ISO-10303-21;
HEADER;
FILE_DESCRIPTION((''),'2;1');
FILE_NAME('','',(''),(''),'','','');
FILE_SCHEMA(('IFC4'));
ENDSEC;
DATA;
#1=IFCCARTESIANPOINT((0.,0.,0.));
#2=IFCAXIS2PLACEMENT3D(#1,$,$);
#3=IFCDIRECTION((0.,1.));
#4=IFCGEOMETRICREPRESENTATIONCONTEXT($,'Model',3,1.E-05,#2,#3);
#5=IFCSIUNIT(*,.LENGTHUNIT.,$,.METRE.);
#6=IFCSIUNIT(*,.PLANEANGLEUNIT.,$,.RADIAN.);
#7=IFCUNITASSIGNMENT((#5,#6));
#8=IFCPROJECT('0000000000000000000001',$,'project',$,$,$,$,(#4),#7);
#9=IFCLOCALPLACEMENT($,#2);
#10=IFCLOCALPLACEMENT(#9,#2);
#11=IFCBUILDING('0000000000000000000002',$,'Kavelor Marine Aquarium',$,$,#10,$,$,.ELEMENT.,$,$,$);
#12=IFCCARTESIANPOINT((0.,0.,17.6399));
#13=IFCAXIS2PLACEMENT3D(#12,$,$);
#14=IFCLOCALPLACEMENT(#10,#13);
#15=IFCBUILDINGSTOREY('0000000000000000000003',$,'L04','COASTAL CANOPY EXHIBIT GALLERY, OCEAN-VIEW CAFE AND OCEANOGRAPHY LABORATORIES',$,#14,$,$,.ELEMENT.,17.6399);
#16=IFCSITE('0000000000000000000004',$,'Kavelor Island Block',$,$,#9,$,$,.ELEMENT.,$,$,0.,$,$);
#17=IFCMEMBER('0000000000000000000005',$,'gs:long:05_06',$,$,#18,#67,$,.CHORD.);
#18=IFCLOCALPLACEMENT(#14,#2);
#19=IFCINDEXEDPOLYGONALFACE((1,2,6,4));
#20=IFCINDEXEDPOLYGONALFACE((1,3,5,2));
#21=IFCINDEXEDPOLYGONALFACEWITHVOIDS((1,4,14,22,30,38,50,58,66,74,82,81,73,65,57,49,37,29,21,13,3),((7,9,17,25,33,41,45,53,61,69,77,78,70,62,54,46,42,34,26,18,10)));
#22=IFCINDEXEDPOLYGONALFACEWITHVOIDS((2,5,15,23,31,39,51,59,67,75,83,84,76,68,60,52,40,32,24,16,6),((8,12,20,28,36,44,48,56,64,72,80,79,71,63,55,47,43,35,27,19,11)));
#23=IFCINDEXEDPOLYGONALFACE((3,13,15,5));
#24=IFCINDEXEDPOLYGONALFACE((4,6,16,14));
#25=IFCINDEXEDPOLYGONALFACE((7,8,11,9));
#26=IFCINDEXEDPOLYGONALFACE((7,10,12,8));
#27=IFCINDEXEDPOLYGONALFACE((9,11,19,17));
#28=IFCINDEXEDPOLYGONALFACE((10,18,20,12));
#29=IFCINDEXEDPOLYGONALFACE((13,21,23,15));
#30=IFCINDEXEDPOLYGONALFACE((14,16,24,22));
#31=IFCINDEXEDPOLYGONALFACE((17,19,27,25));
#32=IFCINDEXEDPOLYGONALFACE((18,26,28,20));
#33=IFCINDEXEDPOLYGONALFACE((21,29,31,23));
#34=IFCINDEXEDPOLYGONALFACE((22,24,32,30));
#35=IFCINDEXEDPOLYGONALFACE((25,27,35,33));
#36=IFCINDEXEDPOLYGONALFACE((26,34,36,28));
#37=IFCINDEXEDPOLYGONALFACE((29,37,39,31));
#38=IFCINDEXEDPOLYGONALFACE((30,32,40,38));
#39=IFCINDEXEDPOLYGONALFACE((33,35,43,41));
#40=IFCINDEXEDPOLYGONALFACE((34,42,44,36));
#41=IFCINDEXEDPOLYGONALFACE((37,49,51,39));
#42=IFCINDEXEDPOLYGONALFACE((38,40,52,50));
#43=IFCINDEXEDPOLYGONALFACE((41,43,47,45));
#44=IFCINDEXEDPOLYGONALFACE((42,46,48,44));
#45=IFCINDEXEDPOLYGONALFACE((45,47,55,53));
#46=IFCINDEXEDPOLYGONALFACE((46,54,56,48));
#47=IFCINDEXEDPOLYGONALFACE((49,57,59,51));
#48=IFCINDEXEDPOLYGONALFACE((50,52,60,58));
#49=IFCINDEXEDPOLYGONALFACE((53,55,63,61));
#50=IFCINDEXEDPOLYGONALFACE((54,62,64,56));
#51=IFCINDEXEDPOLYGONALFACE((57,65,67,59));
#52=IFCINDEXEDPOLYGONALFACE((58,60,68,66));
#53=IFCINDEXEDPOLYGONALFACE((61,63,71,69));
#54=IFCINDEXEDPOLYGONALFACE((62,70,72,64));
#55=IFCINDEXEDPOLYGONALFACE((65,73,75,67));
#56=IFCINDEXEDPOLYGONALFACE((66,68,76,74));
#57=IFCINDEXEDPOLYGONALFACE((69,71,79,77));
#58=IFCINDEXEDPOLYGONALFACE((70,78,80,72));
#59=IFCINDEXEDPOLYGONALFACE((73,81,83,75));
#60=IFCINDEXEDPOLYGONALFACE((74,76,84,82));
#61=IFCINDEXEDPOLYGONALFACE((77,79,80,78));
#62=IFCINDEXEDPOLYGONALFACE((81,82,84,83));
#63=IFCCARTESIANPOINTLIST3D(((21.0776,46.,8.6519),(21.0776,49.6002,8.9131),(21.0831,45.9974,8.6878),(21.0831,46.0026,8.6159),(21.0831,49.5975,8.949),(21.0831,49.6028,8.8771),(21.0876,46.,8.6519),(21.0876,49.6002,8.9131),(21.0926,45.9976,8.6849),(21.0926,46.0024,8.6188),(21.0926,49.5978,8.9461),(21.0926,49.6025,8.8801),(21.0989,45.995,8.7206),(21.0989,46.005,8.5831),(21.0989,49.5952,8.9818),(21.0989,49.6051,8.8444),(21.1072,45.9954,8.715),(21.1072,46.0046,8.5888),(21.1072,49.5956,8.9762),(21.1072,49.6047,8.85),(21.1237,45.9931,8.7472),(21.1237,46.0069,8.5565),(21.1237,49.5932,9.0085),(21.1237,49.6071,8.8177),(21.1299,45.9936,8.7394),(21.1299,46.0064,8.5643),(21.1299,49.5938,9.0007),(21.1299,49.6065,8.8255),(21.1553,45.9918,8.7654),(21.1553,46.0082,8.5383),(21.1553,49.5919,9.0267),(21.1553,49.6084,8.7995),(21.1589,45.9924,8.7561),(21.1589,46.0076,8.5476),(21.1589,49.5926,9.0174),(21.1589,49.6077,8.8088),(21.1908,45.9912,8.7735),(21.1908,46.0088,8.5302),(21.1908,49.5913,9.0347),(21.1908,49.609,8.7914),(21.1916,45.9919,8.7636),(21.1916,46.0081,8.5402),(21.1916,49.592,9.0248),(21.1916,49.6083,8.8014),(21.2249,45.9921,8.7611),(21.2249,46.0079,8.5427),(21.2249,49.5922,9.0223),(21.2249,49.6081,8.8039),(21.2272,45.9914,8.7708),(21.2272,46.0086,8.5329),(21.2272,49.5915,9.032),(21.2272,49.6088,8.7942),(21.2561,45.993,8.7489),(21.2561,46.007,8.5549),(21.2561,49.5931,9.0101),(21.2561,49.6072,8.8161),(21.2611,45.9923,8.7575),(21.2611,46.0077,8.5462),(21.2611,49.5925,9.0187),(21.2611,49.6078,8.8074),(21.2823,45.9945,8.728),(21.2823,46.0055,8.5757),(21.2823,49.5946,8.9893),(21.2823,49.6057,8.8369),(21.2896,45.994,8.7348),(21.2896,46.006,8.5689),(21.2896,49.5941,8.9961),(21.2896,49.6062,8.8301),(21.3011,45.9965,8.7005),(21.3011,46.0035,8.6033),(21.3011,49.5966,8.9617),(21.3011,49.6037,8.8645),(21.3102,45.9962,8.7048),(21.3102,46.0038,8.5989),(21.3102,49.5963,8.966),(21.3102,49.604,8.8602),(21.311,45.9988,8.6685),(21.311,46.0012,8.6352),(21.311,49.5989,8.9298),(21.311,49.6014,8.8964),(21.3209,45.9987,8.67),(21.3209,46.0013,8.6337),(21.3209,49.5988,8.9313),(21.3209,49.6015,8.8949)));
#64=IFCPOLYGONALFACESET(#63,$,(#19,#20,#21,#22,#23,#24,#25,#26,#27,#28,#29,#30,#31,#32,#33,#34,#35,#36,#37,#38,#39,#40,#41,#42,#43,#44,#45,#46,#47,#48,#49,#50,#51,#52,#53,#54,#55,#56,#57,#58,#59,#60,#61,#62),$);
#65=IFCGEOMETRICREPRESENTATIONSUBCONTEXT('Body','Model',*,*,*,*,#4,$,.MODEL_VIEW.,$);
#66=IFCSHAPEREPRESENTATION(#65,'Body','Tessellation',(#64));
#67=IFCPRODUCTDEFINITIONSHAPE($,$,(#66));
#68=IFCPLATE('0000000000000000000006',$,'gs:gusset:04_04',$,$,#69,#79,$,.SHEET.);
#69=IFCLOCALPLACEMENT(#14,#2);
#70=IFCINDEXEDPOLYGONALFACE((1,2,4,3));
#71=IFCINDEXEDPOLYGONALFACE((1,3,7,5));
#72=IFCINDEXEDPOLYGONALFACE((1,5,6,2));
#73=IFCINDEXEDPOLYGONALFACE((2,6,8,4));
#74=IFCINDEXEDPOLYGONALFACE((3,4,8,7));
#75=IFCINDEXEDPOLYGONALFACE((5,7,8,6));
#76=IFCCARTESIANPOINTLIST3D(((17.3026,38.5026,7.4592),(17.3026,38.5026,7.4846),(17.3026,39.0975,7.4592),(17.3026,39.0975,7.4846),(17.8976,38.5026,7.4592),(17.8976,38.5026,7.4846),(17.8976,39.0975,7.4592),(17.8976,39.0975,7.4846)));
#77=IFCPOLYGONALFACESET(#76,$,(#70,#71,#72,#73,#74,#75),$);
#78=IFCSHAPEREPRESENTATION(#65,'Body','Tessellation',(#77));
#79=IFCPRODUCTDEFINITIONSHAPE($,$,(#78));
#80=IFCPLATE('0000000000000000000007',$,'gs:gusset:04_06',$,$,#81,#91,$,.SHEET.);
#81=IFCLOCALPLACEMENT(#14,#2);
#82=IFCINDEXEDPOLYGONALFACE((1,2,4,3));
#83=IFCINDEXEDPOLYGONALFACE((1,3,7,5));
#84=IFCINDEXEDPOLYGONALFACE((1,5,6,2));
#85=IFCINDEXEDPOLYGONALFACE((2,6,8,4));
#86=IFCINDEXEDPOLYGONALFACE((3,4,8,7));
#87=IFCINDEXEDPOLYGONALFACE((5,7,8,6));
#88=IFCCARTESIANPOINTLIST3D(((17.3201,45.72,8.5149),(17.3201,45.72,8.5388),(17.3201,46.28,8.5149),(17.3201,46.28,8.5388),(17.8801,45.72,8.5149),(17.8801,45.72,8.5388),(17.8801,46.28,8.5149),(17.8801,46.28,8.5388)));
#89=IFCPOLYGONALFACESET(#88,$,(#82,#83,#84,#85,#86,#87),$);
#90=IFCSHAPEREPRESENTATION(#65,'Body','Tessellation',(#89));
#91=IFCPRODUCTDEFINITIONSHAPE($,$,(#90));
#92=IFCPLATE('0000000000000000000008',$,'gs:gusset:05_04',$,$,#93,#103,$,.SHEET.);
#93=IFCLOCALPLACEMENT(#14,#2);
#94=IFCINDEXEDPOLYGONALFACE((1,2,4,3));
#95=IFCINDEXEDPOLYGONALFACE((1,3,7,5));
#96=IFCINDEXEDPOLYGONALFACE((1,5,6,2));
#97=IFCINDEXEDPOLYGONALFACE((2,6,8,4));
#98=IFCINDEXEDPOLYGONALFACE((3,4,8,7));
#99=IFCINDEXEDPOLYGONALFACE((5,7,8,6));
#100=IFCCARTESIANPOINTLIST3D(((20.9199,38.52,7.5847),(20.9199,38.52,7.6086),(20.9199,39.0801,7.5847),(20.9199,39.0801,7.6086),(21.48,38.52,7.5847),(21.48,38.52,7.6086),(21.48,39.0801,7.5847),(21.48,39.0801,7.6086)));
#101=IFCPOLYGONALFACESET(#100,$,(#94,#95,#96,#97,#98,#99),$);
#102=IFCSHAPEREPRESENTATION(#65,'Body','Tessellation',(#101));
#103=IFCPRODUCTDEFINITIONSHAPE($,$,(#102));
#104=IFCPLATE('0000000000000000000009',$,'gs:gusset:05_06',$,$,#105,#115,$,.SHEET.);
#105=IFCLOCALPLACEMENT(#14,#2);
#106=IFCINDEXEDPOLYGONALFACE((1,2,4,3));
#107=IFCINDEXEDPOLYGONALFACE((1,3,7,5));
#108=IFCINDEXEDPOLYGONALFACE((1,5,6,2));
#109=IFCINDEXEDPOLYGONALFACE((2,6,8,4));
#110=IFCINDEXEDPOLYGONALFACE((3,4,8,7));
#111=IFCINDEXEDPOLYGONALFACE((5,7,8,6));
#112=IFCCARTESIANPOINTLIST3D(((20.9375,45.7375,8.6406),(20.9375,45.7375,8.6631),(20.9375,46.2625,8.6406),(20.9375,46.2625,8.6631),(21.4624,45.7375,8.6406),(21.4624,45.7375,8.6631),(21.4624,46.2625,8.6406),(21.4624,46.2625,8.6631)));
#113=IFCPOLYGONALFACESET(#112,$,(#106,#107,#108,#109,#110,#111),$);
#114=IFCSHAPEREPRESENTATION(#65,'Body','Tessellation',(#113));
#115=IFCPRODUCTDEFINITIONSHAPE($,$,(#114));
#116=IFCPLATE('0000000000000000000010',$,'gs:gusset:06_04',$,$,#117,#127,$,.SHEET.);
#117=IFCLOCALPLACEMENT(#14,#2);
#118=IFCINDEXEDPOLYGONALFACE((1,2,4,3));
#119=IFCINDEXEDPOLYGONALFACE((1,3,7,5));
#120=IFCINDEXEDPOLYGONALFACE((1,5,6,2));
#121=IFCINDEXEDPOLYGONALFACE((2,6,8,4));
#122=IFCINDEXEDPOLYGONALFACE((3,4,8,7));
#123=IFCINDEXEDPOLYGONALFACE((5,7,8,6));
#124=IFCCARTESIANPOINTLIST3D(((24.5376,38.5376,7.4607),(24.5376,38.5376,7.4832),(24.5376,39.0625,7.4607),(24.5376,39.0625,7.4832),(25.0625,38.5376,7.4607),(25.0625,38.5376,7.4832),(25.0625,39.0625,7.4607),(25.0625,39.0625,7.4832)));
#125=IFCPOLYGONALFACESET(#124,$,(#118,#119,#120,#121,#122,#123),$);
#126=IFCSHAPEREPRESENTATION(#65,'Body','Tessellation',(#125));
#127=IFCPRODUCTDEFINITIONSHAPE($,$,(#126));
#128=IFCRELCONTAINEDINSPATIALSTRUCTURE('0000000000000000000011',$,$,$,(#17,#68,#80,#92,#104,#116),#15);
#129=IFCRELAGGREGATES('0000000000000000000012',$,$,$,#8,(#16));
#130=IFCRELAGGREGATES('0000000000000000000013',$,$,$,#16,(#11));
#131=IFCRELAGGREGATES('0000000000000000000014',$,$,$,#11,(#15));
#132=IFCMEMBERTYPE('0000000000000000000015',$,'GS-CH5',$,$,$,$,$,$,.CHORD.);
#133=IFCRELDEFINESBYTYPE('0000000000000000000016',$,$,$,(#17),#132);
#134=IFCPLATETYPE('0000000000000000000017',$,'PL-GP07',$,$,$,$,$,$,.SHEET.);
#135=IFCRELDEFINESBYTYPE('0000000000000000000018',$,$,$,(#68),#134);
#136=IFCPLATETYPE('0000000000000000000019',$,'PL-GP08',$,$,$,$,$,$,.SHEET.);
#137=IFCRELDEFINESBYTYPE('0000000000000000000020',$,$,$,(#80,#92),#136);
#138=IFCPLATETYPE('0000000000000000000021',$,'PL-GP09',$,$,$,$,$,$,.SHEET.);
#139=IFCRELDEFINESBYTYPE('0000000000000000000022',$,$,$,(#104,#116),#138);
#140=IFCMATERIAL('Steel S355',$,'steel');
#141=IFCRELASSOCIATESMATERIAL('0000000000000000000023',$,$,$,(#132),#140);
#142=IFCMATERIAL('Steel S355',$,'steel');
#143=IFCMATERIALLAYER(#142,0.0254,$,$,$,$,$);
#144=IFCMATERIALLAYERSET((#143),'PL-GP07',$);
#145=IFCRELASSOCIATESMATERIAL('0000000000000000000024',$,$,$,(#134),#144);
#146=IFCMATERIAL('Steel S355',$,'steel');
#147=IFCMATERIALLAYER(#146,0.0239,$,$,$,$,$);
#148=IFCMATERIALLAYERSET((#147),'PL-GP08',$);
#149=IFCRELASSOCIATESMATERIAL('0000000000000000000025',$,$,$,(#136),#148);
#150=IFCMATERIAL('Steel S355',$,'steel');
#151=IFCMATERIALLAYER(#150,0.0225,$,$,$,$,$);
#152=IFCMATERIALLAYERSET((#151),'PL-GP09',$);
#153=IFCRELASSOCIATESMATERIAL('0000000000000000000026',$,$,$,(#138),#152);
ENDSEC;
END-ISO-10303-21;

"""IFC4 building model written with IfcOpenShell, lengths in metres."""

from ifc_helpers import new_model, si_unit, direction, frame, origin, origin_2d, place, context, subcontext, project, spatial, rectangle, hollow_circle, extrude, material, layer, layer_set, material_profile, profile_set, type_object, element, save


model = new_model("IFC4")

# Units and contexts
model_context = context("Model", 3, precision=1e-05, world=origin(), true_north=direction((0.0, 1.0)))
body_context = subcontext(model_context, "Body", "Model", "MODEL_VIEW")
ifc_project = project(units=[si_unit("LENGTHUNIT", "METRE"), si_unit("PLANEANGLEUNIT", "RADIAN")], contexts=[model_context])

# Site, building, storey
site_placement = place(None, origin())
site = spatial("IfcSite", under=ifc_project, at=site_placement, Name="Kavelor Island Block", CompositionType="ELEMENT", RefElevation=0.0)
building_placement = place(site_placement, origin())
building = spatial("IfcBuilding", under=site, at=building_placement, Name="Kavelor Marine Aquarium", CompositionType="ELEMENT")
storey_placement = place(building_placement, frame((0.0, 0.0, 17.6399)))
storey = spatial("IfcBuildingStorey", under=building, at=storey_placement, Name="L04", Description="COASTAL CANOPY EXHIBIT GALLERY, OCEAN-VIEW CAFE AND OCEANOGRAPHY LABORATORIES", CompositionType="ELEMENT", Elevation=17.6399)

# Member
ifc_material_1 = material(Name="Steel S355", Category="steel")
ifc_material_profile_1 = material_profile(ifc_material_1, hollow_circle(Radius=0.1223, WallThickness=0.01, at=origin_2d()), Name="CHS 244.5x10.0")
ifc_profile_set_1 = profile_set([ifc_material_profile_1], Name="Steel S355")
member_type_1 = type_object("IfcMemberType", Name="GS-CH5", PredefinedType="CHORD", material=ifc_profile_set_1)
member_1_placement = place(storey_placement, frame((21.2, 46.0, 8.6519), z_axis=(0.0, 0.997378, 0.072372), x_axis=(-1.0, 0.0, 0.0)))
element("IfcMember", 1, at=member_1_placement, inside=storey, type_object=member_type_1, Name="gs:long:05_06", PredefinedType="CHORD", context=body_context, shape_type="SweptSolid", body=[
    extrude(hollow_circle(Radius=0.1223, WallThickness=0.01, at=origin_2d()), origin(), (0.0, 0.0, 1.0), 3.6096),
])

# Plates
ifc_material_2 = material(Name="Steel S355", Category="steel")
ifc_layer_1 = layer(ifc_material_2, 0.0254)
ifc_layer_set_1 = layer_set([ifc_layer_1], Name="PL-GP07")
plate_type_1 = type_object("IfcPlateType", Name="PL-GP07", PredefinedType="SHEET", material=ifc_layer_set_1)
plate_placement = place(storey_placement, frame((17.6001, 38.8, 7.4592), z_axis=(0.0, 0.0, 1.0), x_axis=(1.0, 0.0, 0.0)))
element("IfcPlate", 2, at=plate_placement, inside=storey, type_object=plate_type_1, Name="gs:gusset:04_04", PredefinedType="SHEET", context=body_context, shape_type="SweptSolid", body=[
    extrude(rectangle(XDim=0.595, YDim=0.595, at=origin_2d()), origin(), (0.0, 0.0, 1.0), 0.0254),
])
ifc_material_3 = material(Name="Steel S355", Category="steel")
ifc_layer_2 = layer(ifc_material_3, 0.0239)
ifc_layer_set_2 = layer_set([ifc_layer_2], Name="PL-GP08")
plate_type_2 = type_object("IfcPlateType", Name="PL-GP08", PredefinedType="SHEET", material=ifc_layer_set_2)
for number, where, z_axis, x_axis, name in (
    (3, (17.6001, 46.0, 8.5149), (0.0, 0.0, 1.0), (1.0, 0.0, 0.0), "gs:gusset:04_06"),
    (4, (21.2, 38.8, 7.5847), (0.0, 0.0, 1.0), (1.0, 0.0, 0.0), "gs:gusset:05_04"),
):
    element("IfcPlate", number, at=place(storey_placement, frame(where, z_axis=z_axis, x_axis=x_axis)), inside=storey, type_object=plate_type_2, Name=name, PredefinedType="SHEET", context=body_context, shape_type="SweptSolid", body=[
        extrude(rectangle(XDim=0.5601, YDim=0.5601, at=origin_2d()), origin(), (0.0, 0.0, 1.0), 0.0239),
    ])
ifc_material_4 = material(Name="Steel S355", Category="steel")
ifc_layer_3 = layer(ifc_material_4, 0.0225)
ifc_layer_set_3 = layer_set([ifc_layer_3], Name="PL-GP09")
plate_type_3 = type_object("IfcPlateType", Name="PL-GP09", PredefinedType="SHEET", material=ifc_layer_set_3)
for number, where, z_axis, x_axis, name in (
    (5, (21.2, 46.0, 8.6406), (0.0, 0.0, 1.0), (1.0, 0.0, 0.0), "gs:gusset:05_06"),
    (6, (24.8, 38.8, 7.4607), (0.0, 0.0, 1.0), (1.0, 0.0, 0.0), "gs:gusset:06_04"),
):
    element("IfcPlate", number, at=place(storey_placement, frame(where, z_axis=z_axis, x_axis=x_axis)), inside=storey, type_object=plate_type_3, Name=name, PredefinedType="SHEET", context=body_context, shape_type="SweptSolid", body=[
        extrude(rectangle(XDim=0.5249, YDim=0.5249, at=origin_2d()), origin(), (0.0, 0.0, 1.0), 0.0225),
    ])

save(model, "model.ifc")
